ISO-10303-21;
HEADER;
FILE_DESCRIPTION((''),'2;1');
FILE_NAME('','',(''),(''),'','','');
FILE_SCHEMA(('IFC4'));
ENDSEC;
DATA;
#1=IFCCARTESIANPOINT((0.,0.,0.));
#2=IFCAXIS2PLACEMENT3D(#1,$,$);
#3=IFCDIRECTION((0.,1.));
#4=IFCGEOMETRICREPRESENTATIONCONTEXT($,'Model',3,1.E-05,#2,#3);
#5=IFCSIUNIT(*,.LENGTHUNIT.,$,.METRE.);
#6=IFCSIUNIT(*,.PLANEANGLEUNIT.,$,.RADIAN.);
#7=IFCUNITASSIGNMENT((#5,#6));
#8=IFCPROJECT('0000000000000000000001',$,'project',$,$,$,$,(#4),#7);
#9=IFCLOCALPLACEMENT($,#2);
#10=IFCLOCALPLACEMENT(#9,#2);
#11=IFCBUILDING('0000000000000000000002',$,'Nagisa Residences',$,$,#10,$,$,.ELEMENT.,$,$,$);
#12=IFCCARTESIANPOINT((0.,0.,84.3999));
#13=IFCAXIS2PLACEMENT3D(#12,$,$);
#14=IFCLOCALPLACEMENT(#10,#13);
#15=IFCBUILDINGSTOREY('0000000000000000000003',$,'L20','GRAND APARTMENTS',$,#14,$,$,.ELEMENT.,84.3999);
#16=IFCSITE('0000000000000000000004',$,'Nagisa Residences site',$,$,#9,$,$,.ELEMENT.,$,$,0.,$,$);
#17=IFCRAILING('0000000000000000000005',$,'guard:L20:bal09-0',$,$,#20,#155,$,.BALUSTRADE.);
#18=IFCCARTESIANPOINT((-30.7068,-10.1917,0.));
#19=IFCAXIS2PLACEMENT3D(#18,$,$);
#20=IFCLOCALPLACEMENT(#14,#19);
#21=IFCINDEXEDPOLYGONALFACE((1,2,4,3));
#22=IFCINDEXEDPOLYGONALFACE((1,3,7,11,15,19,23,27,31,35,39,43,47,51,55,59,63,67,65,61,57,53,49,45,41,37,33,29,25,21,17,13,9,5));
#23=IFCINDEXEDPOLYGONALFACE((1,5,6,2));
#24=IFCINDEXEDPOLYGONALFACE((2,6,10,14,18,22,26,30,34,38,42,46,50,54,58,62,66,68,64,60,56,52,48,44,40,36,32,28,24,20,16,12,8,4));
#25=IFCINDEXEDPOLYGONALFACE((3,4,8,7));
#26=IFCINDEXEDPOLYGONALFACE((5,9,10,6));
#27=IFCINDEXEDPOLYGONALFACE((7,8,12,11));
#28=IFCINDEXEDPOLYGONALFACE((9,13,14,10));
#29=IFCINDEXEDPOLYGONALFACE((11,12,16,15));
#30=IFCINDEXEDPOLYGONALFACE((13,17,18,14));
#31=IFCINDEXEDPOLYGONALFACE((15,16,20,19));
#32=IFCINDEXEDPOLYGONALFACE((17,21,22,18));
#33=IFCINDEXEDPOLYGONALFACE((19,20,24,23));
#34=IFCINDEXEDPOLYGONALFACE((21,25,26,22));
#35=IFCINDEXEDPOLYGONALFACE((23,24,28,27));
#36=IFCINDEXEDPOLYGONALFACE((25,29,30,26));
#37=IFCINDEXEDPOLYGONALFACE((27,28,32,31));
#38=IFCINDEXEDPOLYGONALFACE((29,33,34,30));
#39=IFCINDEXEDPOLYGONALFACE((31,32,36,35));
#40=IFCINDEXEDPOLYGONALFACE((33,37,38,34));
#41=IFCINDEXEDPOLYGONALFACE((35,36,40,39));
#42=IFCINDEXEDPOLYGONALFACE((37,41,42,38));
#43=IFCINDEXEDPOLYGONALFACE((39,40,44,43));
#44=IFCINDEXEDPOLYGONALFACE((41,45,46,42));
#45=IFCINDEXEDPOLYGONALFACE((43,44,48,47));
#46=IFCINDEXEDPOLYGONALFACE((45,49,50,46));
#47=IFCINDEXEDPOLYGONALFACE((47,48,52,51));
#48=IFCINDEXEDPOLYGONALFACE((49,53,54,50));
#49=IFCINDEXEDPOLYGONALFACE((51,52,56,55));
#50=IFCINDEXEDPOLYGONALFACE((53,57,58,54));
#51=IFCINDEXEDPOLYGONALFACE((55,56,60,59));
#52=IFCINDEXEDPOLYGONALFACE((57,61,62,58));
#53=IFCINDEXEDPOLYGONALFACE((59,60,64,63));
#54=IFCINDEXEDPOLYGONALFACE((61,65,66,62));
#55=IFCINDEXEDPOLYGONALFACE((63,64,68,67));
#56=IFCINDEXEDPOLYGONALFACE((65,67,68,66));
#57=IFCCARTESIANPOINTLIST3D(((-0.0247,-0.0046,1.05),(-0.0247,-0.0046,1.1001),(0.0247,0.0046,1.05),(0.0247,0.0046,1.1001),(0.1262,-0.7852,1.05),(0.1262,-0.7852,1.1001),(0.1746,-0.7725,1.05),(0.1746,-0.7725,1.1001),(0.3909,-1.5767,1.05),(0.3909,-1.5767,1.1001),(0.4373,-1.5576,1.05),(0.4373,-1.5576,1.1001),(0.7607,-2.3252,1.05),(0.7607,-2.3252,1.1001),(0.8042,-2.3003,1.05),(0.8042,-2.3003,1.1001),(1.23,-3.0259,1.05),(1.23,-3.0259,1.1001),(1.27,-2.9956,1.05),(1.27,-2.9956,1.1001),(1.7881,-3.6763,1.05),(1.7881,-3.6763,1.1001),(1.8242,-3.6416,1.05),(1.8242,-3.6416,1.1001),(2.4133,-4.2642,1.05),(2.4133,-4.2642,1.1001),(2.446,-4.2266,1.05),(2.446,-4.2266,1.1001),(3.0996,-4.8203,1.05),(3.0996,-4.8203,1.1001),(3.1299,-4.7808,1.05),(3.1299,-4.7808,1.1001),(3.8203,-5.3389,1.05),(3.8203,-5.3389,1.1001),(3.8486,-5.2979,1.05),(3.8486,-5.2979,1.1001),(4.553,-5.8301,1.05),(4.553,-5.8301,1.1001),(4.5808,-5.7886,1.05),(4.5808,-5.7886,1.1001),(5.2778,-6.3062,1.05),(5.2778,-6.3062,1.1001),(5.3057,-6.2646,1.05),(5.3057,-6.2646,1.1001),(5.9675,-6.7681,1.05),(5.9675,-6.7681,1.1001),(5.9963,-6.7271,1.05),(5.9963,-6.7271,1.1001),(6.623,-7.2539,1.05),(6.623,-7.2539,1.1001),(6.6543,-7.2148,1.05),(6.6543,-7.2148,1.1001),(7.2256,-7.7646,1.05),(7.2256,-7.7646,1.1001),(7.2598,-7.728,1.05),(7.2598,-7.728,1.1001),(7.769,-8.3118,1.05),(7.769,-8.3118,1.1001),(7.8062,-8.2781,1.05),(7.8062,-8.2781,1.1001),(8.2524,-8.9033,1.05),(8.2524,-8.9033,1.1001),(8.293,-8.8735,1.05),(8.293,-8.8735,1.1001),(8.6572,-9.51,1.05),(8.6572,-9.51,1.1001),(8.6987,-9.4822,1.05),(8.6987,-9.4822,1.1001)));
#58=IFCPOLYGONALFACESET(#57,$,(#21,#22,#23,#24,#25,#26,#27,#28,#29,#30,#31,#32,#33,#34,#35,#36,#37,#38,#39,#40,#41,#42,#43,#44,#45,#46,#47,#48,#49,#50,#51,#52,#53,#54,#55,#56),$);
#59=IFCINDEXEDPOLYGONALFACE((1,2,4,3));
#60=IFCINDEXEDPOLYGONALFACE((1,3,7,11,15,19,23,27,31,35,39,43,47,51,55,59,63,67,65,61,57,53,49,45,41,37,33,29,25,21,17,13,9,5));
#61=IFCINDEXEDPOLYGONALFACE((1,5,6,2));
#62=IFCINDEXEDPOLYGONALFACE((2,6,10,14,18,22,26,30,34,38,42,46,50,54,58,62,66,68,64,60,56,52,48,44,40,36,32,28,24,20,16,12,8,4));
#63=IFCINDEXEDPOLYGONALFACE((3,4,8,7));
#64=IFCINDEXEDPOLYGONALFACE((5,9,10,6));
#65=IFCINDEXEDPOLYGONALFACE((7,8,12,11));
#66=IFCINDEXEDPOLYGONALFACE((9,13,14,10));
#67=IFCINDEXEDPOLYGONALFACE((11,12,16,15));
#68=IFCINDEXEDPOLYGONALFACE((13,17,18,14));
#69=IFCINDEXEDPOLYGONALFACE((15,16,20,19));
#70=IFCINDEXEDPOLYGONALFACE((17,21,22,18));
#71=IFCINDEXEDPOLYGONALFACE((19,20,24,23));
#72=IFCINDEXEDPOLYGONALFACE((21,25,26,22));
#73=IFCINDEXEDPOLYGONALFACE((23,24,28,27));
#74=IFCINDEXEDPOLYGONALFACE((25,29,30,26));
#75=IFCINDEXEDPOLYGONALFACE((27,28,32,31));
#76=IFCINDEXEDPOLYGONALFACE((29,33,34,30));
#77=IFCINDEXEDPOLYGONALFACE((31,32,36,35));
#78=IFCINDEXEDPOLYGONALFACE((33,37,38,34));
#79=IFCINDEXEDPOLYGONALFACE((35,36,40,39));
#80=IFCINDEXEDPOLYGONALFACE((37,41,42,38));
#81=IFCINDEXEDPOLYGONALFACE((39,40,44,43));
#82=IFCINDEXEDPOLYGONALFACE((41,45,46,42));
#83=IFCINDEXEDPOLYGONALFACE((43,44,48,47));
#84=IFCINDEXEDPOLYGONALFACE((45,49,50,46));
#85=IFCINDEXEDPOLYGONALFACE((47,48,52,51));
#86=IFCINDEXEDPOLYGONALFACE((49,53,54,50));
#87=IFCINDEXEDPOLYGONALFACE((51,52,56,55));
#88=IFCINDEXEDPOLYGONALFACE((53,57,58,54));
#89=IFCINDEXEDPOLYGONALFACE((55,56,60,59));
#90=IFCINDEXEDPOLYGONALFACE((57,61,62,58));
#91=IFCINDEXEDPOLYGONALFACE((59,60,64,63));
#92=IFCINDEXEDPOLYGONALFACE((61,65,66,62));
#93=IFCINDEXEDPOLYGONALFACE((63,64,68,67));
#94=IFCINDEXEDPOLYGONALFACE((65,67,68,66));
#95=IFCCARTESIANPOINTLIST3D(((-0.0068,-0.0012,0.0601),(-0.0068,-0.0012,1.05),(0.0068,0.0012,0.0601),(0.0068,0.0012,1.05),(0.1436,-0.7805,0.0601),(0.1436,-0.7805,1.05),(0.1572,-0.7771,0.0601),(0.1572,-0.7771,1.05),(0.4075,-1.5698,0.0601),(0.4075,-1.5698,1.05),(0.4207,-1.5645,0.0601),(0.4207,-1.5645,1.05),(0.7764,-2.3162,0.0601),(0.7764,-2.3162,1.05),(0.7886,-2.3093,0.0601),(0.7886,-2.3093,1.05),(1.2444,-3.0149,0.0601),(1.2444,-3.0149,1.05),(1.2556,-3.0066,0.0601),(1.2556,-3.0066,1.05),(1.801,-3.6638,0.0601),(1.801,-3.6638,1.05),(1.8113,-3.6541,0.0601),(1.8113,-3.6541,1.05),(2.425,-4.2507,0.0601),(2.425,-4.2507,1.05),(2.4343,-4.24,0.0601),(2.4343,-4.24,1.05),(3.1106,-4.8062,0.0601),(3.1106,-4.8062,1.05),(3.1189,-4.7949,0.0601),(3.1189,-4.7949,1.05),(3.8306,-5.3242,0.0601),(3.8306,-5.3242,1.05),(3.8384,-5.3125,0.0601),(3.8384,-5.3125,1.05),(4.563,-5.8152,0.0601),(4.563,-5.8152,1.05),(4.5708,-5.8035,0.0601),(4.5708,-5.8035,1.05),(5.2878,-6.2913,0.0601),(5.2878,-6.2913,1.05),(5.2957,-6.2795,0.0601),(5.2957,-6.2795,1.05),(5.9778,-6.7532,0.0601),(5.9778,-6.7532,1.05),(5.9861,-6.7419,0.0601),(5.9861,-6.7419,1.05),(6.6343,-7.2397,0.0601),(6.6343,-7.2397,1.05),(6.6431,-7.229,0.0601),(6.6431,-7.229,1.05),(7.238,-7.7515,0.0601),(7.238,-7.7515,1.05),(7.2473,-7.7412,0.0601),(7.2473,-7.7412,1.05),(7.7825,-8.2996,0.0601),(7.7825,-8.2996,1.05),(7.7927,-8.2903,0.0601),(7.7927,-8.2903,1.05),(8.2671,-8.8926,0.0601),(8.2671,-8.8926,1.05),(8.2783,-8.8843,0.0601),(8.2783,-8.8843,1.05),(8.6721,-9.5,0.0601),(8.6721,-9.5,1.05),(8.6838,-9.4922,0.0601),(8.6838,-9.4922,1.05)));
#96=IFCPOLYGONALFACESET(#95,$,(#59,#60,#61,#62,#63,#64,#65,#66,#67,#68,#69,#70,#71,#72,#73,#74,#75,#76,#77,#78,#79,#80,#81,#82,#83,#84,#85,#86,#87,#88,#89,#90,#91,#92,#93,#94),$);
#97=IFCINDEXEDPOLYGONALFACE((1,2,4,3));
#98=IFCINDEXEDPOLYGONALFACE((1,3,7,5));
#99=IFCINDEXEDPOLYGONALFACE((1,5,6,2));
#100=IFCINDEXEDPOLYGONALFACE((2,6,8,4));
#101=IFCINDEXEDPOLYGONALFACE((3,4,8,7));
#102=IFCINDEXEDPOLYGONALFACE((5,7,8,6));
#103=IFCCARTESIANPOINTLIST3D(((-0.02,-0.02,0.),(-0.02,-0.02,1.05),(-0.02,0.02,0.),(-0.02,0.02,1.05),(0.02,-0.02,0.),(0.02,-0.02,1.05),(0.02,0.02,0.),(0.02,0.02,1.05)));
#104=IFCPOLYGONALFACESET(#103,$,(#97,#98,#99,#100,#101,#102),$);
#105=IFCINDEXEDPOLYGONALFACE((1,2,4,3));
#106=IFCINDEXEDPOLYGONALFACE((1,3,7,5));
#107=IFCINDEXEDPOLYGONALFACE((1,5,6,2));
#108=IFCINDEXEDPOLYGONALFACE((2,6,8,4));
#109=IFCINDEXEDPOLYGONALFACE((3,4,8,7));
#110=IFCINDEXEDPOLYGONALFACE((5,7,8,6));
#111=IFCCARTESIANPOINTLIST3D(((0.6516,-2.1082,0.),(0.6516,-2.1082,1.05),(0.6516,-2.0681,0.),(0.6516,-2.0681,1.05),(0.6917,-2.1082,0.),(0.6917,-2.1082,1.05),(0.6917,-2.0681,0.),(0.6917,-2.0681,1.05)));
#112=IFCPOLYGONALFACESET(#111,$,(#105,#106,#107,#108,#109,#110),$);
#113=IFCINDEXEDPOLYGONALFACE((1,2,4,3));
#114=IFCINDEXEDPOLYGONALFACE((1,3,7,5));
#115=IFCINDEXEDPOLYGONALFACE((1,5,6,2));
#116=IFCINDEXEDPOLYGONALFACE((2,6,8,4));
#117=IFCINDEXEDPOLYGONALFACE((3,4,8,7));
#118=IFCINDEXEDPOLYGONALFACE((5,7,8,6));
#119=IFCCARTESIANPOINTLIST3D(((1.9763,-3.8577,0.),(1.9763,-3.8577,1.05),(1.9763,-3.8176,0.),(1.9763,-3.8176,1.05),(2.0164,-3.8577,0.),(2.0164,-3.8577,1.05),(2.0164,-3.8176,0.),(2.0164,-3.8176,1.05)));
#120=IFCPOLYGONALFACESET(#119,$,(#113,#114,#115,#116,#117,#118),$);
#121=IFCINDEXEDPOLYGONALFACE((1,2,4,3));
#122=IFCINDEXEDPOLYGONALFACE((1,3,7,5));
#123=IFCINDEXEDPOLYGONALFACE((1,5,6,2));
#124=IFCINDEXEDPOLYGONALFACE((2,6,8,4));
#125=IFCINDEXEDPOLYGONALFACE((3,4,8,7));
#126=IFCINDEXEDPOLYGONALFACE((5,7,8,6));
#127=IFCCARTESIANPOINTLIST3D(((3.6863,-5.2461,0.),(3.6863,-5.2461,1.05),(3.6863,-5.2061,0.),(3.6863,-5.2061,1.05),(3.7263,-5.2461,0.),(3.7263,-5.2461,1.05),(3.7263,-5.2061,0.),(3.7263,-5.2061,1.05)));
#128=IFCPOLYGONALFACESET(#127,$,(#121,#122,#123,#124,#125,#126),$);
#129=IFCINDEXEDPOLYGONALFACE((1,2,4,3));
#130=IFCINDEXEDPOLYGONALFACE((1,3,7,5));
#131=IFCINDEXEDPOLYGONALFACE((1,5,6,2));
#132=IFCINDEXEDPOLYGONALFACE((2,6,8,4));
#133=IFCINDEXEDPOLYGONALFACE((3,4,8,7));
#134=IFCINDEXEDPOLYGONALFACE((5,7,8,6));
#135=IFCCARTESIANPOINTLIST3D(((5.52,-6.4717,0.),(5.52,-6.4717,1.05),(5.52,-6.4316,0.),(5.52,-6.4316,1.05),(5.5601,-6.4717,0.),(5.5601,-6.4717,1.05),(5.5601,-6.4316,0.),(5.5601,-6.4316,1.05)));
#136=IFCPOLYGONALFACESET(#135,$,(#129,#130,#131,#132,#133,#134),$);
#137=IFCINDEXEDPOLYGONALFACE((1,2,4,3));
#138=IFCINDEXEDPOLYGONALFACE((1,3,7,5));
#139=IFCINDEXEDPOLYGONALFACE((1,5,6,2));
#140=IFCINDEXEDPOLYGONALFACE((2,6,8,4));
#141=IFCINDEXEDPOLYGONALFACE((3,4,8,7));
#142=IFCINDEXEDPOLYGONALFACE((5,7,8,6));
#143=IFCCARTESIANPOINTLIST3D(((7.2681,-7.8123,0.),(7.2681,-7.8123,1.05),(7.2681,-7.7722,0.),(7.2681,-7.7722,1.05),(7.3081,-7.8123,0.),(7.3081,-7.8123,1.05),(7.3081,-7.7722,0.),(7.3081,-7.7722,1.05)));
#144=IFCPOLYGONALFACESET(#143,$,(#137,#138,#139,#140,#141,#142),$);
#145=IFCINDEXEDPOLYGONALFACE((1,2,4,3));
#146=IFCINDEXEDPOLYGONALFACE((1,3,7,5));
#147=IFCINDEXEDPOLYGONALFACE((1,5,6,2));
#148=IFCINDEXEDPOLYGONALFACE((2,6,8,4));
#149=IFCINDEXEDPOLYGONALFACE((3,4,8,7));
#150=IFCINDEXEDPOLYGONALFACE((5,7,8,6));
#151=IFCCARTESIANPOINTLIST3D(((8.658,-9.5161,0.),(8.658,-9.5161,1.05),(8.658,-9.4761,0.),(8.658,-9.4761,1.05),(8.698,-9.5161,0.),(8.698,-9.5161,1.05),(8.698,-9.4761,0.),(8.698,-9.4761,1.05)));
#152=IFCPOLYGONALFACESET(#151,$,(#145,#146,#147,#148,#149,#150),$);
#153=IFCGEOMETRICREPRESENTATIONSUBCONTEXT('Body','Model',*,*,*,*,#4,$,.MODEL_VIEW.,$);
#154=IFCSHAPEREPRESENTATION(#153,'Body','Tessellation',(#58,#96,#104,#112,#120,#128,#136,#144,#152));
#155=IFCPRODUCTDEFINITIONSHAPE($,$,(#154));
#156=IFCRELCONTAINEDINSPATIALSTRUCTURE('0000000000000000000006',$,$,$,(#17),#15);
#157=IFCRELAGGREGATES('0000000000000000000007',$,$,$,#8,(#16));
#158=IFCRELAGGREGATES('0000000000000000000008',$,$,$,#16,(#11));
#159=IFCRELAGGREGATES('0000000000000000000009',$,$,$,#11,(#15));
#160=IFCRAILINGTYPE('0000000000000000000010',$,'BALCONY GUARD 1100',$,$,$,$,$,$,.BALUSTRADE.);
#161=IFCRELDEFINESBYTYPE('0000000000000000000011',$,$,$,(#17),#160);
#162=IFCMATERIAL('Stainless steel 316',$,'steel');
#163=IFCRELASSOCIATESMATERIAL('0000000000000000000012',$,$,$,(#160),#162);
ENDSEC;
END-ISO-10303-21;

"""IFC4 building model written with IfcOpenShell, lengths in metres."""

from ifc_helpers import new_model, si_unit, direction, frame, origin, origin_2d, place, context, subcontext, project, spatial, polyline, rectangle, outline, extrude, material, type_object, element, save


model = new_model("IFC4")

# Units and contexts
model_context = context("Model", 3, precision=1e-05, world=origin(), true_north=direction((0.0, 1.0)))
body_context = subcontext(model_context, "Body", "Model", "MODEL_VIEW")
ifc_project = project(units=[si_unit("LENGTHUNIT", "METRE"), si_unit("PLANEANGLEUNIT", "RADIAN")], contexts=[model_context])

# Site, building, storey
site_placement = place(None, origin())
site = spatial("IfcSite", under=ifc_project, at=site_placement, Name="Nagisa Residences site", CompositionType="ELEMENT", RefElevation=0.0)
building_placement = place(site_placement, origin())
building = spatial("IfcBuilding", under=site, at=building_placement, Name="Nagisa Residences", CompositionType="ELEMENT")
storey_placement = place(building_placement, frame((0.0, 0.0, 84.3999)))
storey = spatial("IfcBuildingStorey", under=building, at=storey_placement, Name="L20", Description="GRAND APARTMENTS", CompositionType="ELEMENT", Elevation=84.3999)

# Railing
ifc_material_1 = material(Name="Stainless steel 316", Category="steel")
railing_type = type_object("IfcRailingType", Name="BALCONY GUARD 1100", PredefinedType="BALUSTRADE", material=ifc_material_1)
railing_placement = place(storey_placement, frame((-30.7068, -10.1917, 0.0)))
element("IfcRailing", 1, at=railing_placement, inside=storey, type_object=railing_type, Name="guard:L20:bal09-0", PredefinedType="BALUSTRADE", context=body_context, shape_type="SweptSolid", body=[
    extrude(outline(polyline([(0.1746, -0.7725), (0.0247, 0.0046), (-0.0247, -0.0046), (0.1262, -0.7852), (0.3909, -1.5767), (0.7607, -2.3252), (1.23, -3.0259), (1.7881, -3.6763), (2.4133, -4.2642), (3.0996, -4.8203), (3.8203, -5.3389), (4.553, -5.8301), (5.2778, -6.3062), (5.9675, -6.7681), (6.623, -7.2539), (7.2256, -7.7646), (7.769, -8.3118), (8.2524, -8.9033), (8.6572, -9.51), (8.6987, -9.4822), (8.293, -8.8735), (7.8062, -8.2781), (7.2598, -7.728), (6.6543, -7.2148), (5.9963, -6.7271), (5.3057, -6.2646), (4.5808, -5.7886), (3.8486, -5.2979), (3.1299, -4.7808), (2.446, -4.2266), (1.8242, -3.6416), (1.27, -2.9956), (0.8042, -2.3003), (0.4373, -1.5576), (0.1746, -0.7725)])), frame((0.0, 0.0, 1.05)), (0.0, 0.0, 1.0), 0.05),
    extrude(outline(polyline([(0.1572, -0.7771), (0.0068, 0.0012), (-0.0068, -0.0012), (0.1436, -0.7805), (0.4075, -1.5698), (0.7764, -2.3162), (1.2444, -3.0149), (1.801, -3.6638), (2.425, -4.2507), (3.1106, -4.8062), (3.8306, -5.3242), (4.563, -5.8152), (5.2878, -6.2913), (5.9778, -6.7532), (6.6343, -7.2397), (7.238, -7.7515), (7.7825, -8.2996), (8.2671, -8.8926), (8.6721, -9.5), (8.6838, -9.4922), (8.2783, -8.8843), (7.7927, -8.2903), (7.2473, -7.7412), (6.6431, -7.229), (5.9861, -6.7419), (5.2957, -6.2795), (4.5708, -5.8035), (3.8384, -5.3125), (3.1189, -4.7949), (2.4343, -4.24), (1.8113, -3.6541), (1.2556, -3.0066), (0.7886, -2.3093), (0.4207, -1.5645), (0.1572, -0.7771)])), frame((0.0, 0.0, 0.0601)), (0.0, 0.0, 1.0), 0.99),
    extrude(rectangle(XDim=0.04, YDim=0.04, at=origin_2d()), origin(), (0.0, 0.0, 1.0), 1.05),
    extrude(rectangle(XDim=0.04, YDim=0.04, at=origin_2d()), frame((0.6716, -2.0881, 0.0)), (0.0, 0.0, 1.0), 1.05),
    extrude(rectangle(XDim=0.04, YDim=0.04, at=origin_2d()), frame((1.9963, -3.8376, 0.0)), (0.0, 0.0, 1.0), 1.05),
    extrude(rectangle(XDim=0.04, YDim=0.04, at=origin_2d()), frame((3.7063, -5.2261, 0.0)), (0.0, 0.0, 1.0), 1.05),
    extrude(rectangle(XDim=0.04, YDim=0.04, at=origin_2d()), frame((5.54, -6.4517, 0.0)), (0.0, 0.0, 1.0), 1.05),
    extrude(rectangle(XDim=0.04, YDim=0.04, at=origin_2d()), frame((7.2881, -7.7922, 0.0)), (0.0, 0.0, 1.0), 1.05),
    extrude(rectangle(XDim=0.04, YDim=0.04, at=origin_2d()), frame((8.678, -9.4961, 0.0)), (0.0, 0.0, 1.0), 1.05),
])

save(model, "model.ifc")
